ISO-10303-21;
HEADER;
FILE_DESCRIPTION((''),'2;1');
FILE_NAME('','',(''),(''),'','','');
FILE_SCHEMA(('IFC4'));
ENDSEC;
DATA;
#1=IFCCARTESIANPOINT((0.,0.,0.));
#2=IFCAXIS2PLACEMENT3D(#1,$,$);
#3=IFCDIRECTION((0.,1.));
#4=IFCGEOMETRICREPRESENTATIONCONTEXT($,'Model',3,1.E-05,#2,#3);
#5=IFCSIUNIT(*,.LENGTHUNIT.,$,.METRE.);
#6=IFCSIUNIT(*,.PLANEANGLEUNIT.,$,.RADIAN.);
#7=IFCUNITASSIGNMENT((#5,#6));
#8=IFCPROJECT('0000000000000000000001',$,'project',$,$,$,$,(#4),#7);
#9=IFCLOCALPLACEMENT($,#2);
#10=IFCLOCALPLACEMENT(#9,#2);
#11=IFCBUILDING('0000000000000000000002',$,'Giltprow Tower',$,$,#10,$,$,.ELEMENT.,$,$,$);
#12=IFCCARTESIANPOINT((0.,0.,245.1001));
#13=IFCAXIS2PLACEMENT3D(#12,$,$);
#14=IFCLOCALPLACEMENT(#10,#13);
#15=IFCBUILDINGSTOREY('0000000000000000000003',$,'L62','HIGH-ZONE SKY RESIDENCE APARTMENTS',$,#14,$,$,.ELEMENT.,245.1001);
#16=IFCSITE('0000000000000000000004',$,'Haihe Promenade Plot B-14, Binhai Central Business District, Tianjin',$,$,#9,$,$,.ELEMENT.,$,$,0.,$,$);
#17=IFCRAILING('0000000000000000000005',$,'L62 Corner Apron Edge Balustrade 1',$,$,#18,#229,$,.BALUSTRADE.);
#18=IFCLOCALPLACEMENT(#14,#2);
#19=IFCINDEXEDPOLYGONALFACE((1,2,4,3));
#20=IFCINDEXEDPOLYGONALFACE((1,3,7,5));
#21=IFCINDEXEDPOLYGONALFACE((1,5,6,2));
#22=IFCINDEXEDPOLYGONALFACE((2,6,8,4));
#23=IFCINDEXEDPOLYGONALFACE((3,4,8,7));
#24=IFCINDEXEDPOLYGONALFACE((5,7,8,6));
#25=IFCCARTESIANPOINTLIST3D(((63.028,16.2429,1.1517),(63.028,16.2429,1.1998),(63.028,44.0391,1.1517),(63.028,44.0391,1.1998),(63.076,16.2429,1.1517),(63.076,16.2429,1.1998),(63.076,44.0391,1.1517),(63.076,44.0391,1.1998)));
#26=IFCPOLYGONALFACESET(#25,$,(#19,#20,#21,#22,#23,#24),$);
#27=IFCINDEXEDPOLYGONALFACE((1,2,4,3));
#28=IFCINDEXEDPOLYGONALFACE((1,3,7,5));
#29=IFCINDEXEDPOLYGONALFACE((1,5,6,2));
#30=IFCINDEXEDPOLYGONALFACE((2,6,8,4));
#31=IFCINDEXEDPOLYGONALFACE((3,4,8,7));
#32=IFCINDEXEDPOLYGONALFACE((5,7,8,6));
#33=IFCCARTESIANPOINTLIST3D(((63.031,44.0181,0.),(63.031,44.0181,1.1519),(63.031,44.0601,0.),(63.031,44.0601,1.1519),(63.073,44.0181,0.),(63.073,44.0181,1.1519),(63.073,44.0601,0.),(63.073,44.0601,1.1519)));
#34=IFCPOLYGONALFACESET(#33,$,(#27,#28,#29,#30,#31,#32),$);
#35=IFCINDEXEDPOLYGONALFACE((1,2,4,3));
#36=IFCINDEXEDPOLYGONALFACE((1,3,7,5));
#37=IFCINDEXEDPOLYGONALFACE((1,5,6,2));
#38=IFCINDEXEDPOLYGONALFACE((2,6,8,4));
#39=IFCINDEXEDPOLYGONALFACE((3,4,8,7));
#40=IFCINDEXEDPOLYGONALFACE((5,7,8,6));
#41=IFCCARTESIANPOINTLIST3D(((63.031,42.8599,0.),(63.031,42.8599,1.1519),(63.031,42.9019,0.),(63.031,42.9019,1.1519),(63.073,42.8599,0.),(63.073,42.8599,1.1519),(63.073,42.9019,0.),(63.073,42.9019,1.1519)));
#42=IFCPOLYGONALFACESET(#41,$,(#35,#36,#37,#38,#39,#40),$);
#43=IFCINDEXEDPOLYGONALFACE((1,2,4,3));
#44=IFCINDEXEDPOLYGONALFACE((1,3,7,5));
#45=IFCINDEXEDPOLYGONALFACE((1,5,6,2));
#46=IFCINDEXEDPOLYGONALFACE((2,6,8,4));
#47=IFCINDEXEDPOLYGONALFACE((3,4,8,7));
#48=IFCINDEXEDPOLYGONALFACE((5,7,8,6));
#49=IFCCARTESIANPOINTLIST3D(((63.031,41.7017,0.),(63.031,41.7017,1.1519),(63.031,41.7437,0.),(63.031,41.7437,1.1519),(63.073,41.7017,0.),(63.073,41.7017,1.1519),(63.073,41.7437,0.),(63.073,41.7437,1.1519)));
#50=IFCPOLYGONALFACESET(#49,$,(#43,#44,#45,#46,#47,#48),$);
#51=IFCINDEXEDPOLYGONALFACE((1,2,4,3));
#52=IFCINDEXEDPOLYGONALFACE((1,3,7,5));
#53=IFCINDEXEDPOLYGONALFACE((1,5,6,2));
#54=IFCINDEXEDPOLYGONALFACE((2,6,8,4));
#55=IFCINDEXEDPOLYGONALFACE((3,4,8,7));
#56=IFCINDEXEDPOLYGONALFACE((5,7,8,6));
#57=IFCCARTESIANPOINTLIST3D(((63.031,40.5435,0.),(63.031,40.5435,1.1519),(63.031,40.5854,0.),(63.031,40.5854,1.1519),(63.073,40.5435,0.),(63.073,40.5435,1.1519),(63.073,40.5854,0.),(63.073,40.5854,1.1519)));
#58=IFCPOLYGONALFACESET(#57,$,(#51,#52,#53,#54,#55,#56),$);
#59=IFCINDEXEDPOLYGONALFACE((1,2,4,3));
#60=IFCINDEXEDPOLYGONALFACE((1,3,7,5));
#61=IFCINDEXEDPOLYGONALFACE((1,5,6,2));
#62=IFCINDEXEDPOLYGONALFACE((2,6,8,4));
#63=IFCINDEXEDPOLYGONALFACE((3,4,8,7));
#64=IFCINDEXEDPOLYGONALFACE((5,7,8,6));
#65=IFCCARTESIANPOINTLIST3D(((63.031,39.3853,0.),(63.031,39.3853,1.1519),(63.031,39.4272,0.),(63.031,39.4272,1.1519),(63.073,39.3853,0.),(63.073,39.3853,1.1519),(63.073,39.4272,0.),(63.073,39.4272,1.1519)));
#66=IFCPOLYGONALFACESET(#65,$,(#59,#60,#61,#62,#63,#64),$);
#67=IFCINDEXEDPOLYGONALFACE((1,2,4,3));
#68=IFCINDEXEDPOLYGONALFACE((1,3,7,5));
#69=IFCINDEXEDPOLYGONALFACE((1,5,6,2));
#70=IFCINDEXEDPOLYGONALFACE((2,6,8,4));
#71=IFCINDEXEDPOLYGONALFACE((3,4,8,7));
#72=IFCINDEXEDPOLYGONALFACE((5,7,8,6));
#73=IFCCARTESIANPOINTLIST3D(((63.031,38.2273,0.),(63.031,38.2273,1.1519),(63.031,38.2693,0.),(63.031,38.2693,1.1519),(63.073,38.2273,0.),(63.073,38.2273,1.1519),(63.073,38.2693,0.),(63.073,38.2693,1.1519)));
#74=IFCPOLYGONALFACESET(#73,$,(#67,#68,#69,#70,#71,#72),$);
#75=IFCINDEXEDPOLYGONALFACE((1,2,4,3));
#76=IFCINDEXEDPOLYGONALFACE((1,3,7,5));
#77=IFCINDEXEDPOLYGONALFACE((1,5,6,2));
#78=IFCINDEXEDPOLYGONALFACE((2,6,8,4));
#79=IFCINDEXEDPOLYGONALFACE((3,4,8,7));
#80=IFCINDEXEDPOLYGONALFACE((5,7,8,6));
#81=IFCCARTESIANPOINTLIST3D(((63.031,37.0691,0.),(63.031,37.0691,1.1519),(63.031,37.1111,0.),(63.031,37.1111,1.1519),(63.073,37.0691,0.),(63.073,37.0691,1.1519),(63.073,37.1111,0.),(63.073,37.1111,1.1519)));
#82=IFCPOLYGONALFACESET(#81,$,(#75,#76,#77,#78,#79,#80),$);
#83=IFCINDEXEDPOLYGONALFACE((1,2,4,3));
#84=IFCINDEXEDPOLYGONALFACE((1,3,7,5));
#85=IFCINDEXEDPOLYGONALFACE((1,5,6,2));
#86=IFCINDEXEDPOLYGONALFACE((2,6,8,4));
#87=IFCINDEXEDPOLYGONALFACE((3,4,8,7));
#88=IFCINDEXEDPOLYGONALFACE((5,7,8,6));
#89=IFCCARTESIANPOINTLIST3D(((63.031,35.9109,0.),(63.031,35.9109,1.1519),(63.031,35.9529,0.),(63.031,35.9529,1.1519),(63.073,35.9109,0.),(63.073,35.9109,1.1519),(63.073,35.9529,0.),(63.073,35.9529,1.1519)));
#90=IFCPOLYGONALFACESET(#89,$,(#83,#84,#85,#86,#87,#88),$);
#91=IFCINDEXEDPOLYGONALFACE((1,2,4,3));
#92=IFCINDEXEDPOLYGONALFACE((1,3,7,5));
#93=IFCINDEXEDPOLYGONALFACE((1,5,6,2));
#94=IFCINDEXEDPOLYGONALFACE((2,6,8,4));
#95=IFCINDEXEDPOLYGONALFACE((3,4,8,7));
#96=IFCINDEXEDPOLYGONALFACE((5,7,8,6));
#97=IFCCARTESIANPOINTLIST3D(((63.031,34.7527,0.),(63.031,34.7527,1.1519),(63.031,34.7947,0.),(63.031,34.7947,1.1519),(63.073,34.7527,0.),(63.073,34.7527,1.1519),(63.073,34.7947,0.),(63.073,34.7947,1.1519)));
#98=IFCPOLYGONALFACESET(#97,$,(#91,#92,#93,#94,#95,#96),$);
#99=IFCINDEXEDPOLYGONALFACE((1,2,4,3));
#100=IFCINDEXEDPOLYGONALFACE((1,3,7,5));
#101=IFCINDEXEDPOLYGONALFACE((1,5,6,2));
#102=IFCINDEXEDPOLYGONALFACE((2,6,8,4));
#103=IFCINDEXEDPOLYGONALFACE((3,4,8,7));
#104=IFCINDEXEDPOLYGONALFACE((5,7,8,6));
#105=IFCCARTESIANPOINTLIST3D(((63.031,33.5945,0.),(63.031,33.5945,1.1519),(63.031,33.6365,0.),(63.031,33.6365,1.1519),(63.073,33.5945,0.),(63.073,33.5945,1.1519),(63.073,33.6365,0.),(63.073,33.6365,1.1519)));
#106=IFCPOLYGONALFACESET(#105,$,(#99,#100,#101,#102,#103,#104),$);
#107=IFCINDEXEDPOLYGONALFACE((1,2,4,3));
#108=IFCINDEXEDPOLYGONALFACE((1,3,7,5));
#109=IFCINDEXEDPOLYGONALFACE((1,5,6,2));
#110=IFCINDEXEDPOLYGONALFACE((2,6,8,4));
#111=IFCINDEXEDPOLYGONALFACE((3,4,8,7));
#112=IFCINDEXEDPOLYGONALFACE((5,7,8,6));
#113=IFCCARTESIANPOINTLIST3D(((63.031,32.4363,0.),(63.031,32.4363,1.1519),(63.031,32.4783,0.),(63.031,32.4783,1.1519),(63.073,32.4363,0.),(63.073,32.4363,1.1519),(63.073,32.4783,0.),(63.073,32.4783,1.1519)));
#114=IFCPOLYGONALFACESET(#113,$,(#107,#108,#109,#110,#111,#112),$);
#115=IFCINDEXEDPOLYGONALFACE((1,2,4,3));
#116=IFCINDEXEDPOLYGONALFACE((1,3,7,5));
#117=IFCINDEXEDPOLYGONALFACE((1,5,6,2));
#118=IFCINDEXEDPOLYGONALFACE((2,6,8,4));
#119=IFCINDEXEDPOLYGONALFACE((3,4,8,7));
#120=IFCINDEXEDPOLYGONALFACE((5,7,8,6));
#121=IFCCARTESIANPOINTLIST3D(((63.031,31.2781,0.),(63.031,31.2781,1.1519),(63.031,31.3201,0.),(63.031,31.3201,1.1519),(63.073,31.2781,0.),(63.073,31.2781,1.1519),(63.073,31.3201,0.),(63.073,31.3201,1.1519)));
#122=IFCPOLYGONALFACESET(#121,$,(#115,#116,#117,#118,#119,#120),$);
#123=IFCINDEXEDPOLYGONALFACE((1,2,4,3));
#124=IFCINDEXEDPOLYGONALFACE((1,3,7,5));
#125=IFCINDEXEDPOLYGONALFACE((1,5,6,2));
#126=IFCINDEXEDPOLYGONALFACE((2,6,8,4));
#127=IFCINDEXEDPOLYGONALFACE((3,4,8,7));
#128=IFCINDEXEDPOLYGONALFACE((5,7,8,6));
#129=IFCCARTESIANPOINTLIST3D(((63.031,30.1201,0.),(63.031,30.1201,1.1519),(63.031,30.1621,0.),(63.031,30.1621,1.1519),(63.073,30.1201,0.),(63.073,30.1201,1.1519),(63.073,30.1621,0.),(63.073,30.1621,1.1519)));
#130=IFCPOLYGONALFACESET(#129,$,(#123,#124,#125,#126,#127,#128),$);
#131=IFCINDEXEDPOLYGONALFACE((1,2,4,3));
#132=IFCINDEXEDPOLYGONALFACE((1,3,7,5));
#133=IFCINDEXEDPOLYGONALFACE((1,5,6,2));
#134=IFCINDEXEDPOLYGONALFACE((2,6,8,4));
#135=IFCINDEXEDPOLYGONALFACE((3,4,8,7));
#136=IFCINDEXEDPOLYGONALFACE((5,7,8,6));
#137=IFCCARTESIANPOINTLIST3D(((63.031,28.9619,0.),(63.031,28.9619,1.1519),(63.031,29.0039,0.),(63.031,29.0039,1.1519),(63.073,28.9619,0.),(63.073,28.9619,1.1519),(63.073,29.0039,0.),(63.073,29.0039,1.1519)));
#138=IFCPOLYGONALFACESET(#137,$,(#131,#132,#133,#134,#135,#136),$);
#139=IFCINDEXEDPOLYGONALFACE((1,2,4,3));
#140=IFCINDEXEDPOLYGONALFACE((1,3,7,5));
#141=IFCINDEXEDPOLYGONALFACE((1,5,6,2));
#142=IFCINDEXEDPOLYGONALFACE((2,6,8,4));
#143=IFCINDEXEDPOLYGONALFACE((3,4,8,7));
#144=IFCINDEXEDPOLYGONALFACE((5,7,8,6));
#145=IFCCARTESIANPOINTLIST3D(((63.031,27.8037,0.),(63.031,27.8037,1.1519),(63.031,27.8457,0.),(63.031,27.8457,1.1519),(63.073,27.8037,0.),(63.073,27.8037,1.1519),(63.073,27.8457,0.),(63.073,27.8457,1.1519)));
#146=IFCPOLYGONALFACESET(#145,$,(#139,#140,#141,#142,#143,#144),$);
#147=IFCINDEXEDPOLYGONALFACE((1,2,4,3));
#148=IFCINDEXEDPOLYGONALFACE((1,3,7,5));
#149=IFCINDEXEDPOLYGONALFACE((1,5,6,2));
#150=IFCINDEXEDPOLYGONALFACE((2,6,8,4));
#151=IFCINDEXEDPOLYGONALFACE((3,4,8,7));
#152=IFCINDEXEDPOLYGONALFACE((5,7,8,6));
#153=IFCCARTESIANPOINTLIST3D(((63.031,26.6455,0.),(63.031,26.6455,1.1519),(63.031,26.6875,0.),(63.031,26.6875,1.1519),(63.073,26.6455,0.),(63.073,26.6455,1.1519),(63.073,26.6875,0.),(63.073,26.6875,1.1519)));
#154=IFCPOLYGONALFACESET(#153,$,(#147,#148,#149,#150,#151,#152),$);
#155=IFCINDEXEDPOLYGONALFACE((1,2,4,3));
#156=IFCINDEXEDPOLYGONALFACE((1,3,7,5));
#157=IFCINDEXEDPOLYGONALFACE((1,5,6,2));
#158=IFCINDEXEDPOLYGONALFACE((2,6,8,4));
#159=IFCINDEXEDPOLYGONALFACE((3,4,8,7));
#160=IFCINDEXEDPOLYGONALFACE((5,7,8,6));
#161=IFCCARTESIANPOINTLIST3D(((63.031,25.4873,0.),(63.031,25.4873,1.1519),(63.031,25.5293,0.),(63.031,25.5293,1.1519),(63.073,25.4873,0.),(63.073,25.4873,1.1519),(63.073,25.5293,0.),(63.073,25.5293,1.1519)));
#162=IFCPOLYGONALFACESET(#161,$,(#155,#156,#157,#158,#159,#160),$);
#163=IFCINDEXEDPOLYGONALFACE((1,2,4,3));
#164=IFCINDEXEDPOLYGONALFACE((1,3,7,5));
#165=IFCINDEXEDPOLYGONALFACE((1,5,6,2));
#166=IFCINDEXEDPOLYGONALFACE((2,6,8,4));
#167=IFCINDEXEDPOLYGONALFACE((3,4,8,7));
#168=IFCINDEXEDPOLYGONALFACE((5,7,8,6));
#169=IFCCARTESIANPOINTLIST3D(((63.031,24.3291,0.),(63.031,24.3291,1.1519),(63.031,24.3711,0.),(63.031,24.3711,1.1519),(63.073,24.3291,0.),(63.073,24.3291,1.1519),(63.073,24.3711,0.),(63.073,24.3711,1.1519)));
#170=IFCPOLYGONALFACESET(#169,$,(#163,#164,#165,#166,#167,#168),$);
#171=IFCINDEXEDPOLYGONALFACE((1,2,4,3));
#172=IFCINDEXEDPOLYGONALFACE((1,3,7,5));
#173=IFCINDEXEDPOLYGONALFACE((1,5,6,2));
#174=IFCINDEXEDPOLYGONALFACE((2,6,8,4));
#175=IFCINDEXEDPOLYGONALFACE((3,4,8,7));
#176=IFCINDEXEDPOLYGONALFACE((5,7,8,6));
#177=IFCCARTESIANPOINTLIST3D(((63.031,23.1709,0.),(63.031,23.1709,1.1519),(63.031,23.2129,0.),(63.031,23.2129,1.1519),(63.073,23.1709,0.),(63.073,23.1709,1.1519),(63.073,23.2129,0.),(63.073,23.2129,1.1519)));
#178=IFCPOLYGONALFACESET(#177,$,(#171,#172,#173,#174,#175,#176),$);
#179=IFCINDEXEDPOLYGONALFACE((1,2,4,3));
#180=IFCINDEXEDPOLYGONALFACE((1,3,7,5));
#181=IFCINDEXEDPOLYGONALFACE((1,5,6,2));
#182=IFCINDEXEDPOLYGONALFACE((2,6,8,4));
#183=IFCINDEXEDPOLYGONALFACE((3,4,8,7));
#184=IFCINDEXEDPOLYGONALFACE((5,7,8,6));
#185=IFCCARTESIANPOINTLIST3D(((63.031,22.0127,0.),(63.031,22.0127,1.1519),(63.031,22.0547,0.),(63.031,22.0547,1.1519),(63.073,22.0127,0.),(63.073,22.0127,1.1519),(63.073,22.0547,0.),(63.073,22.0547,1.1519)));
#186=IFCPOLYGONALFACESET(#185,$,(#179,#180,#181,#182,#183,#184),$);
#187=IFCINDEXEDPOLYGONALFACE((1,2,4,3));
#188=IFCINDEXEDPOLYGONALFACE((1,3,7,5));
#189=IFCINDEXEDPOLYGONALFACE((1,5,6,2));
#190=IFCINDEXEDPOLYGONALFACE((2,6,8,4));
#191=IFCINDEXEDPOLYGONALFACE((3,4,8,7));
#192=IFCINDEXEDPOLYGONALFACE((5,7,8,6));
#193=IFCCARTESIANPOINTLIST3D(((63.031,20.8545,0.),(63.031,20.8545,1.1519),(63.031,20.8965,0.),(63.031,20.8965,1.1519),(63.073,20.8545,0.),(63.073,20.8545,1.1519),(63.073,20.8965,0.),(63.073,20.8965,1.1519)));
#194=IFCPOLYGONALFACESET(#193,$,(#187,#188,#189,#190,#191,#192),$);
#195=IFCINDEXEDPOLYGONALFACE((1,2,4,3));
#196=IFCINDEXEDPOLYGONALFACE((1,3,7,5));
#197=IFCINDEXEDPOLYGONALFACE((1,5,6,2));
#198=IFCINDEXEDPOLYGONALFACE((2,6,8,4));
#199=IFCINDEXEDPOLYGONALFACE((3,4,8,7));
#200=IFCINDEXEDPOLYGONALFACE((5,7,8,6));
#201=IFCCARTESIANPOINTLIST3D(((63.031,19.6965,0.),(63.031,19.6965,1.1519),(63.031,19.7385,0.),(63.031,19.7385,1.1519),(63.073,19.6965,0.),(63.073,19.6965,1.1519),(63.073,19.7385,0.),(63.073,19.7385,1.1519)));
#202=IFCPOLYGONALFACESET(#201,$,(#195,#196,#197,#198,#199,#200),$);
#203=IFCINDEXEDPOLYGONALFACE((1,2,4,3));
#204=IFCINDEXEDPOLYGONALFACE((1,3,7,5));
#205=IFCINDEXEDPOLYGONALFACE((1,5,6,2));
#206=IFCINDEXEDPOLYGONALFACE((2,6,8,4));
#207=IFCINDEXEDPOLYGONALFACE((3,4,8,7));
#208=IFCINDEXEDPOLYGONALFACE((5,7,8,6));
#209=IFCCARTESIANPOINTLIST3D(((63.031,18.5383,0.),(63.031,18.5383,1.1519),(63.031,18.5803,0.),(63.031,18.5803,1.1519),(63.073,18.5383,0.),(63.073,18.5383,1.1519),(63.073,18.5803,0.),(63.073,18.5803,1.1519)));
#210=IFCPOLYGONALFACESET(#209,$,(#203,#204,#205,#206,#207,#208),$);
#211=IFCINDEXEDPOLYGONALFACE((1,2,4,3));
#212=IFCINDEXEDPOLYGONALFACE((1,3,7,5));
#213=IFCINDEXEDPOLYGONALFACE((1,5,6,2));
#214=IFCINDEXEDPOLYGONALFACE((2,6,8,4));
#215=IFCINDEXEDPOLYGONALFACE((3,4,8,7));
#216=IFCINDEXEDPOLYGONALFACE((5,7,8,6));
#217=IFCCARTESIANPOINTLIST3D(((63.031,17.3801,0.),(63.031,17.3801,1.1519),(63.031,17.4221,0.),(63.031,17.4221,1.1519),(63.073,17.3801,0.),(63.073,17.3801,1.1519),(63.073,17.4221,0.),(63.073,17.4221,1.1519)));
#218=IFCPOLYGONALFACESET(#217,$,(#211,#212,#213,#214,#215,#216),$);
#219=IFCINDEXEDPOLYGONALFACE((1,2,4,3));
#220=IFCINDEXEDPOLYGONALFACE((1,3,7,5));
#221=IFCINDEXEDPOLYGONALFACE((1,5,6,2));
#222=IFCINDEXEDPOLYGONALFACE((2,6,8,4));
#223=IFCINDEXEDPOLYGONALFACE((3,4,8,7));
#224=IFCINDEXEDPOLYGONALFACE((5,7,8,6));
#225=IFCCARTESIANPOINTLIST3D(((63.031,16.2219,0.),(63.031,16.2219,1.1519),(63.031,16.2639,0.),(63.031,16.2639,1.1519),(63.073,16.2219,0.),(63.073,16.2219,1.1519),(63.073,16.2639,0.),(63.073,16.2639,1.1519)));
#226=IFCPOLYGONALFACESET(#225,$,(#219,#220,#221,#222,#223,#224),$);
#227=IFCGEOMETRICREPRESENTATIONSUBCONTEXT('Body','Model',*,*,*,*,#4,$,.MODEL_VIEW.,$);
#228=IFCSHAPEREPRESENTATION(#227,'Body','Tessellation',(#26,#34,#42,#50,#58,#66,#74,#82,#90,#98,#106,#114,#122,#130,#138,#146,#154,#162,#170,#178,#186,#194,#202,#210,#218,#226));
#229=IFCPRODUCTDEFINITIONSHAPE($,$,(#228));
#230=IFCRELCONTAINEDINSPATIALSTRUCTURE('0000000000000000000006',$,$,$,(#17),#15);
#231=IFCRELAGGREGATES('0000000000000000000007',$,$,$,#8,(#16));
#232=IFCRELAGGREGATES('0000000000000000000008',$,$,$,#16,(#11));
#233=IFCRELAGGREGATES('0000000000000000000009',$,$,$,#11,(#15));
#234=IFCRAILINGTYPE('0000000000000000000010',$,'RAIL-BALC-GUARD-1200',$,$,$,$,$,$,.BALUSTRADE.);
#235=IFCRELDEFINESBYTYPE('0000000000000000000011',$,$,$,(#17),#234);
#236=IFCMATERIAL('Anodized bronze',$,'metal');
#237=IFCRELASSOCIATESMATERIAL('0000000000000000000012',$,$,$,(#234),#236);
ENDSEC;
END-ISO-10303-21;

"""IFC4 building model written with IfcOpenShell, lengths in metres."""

from ifc_helpers import new_model, si_unit, direction, frame, origin, origin_2d, place, context, subcontext, project, spatial, rectangle, extrude, material, type_object, element, save


model = new_model("IFC4")

# Units and contexts
model_context = context("Model", 3, precision=1e-05, world=origin(), true_north=direction((0.0, 1.0)))
body_context = subcontext(model_context, "Body", "Model", "MODEL_VIEW")
ifc_project = project(units=[si_unit("LENGTHUNIT", "METRE"), si_unit("PLANEANGLEUNIT", "RADIAN")], contexts=[model_context])

# Site, building, storey
site_placement = place(None, origin())
site = spatial("IfcSite", under=ifc_project, at=site_placement, Name="Haihe Promenade Plot B-14, Binhai Central Business District, Tianjin", CompositionType="ELEMENT", RefElevation=0.0)
building_placement = place(site_placement, origin())
building = spatial("IfcBuilding", under=site, at=building_placement, Name="Giltprow Tower", CompositionType="ELEMENT")
storey_placement = place(building_placement, frame((0.0, 0.0, 245.1001)))
storey = spatial("IfcBuildingStorey", under=building, at=storey_placement, Name="L62", Description="HIGH-ZONE SKY RESIDENCE APARTMENTS", CompositionType="ELEMENT", Elevation=245.1001)

# Railing
ifc_material_1 = material(Name="Anodized bronze", Category="metal")
railing_type_1 = type_object("IfcRailingType", Name="RAIL-BALC-GUARD-1200", PredefinedType="BALUSTRADE", material=ifc_material_1)
railing_1_placement = place(storey_placement, frame((63.052, 44.0391, 0.0)))
element("IfcRailing", 1, at=railing_1_placement, inside=storey, type_object=railing_type_1, Name="L62 Corner Apron Edge Balustrade 1", PredefinedType="BALUSTRADE", context=body_context, shape_type="SweptSolid", body=[
    extrude(rectangle(XDim=0.0481, YDim=0.0481, at=origin_2d()), frame((0.0, 0.0, 1.1758), z_axis=(0.0, -1.0, 0.0), x_axis=(1.0, 0.0, 0.0)), (0.0, 0.0, 1.0), 27.7961),
    extrude(rectangle(XDim=0.042, YDim=0.042, at=origin_2d()), origin(), (0.0, 0.0, 1.0), 1.1519),
    extrude(rectangle(XDim=0.042, YDim=0.042, at=origin_2d()), frame((0.0, -1.1582, 0.0)), (0.0, 0.0, 1.0), 1.1519),
    extrude(rectangle(XDim=0.042, YDim=0.042, at=origin_2d()), frame((0.0, -2.3164, 0.0)), (0.0, 0.0, 1.0), 1.1519),
    extrude(rectangle(XDim=0.042, YDim=0.042, at=origin_2d()), frame((0.0, -3.4746, 0.0)), (0.0, 0.0, 1.0), 1.1519),
    extrude(rectangle(XDim=0.042, YDim=0.042, at=origin_2d()), frame((0.0, -4.6328, 0.0)), (0.0, 0.0, 1.0), 1.1519),
    extrude(rectangle(XDim=0.042, YDim=0.042, at=origin_2d()), frame((0.0, -5.7908, 0.0)), (0.0, 0.0, 1.0), 1.1519),
    extrude(rectangle(XDim=0.042, YDim=0.042, at=origin_2d()), frame((0.0, -6.949, 0.0)), (0.0, 0.0, 1.0), 1.1519),
    extrude(rectangle(XDim=0.042, YDim=0.042, at=origin_2d()), frame((0.0, -8.1072, 0.0)), (0.0, 0.0, 1.0), 1.1519),
    extrude(rectangle(XDim=0.042, YDim=0.042, at=origin_2d()), frame((0.0, -9.2654, 0.0)), (0.0, 0.0, 1.0), 1.1519),
    extrude(rectangle(XDim=0.042, YDim=0.042, at=origin_2d()), frame((0.0, -10.4236, 0.0)), (0.0, 0.0, 1.0), 1.1519),
    extrude(rectangle(XDim=0.042, YDim=0.042, at=origin_2d()), frame((0.0, -11.5818, 0.0)), (0.0, 0.0, 1.0), 1.1519),
    extrude(rectangle(XDim=0.042, YDim=0.042, at=origin_2d()), frame((0.0, -12.74, 0.0)), (0.0, 0.0, 1.0), 1.1519),
    extrude(rectangle(XDim=0.042, YDim=0.042, at=origin_2d()), frame((0.0, -13.8979, 0.0)), (0.0, 0.0, 1.0), 1.1519),
    extrude(rectangle(XDim=0.042, YDim=0.042, at=origin_2d()), frame((0.0, -15.0562, 0.0)), (0.0, 0.0, 1.0), 1.1519),
    extrude(rectangle(XDim=0.042, YDim=0.042, at=origin_2d()), frame((0.0, -16.2144, 0.0)), (0.0, 0.0, 1.0), 1.1519),
    extrude(rectangle(XDim=0.042, YDim=0.042, at=origin_2d()), frame((0.0, -17.3726, 0.0)), (0.0, 0.0, 1.0), 1.1519),
    extrude(rectangle(XDim=0.042, YDim=0.042, at=origin_2d()), frame((0.0, -18.5308, 0.0)), (0.0, 0.0, 1.0), 1.1519),
    extrude(rectangle(XDim=0.042, YDim=0.042, at=origin_2d()), frame((0.0, -19.689, 0.0)), (0.0, 0.0, 1.0), 1.1519),
    extrude(rectangle(XDim=0.042, YDim=0.042, at=origin_2d()), frame((0.0, -20.8472, 0.0)), (0.0, 0.0, 1.0), 1.1519),
    extrude(rectangle(XDim=0.042, YDim=0.042, at=origin_2d()), frame((0.0, -22.0054, 0.0)), (0.0, 0.0, 1.0), 1.1519),
    extrude(rectangle(XDim=0.042, YDim=0.042, at=origin_2d()), frame((0.0, -23.1636, 0.0)), (0.0, 0.0, 1.0), 1.1519),
    extrude(rectangle(XDim=0.042, YDim=0.042, at=origin_2d()), frame((0.0, -24.3215, 0.0)), (0.0, 0.0, 1.0), 1.1519),
    extrude(rectangle(XDim=0.042, YDim=0.042, at=origin_2d()), frame((0.0, -25.4797, 0.0)), (0.0, 0.0, 1.0), 1.1519),
    extrude(rectangle(XDim=0.042, YDim=0.042, at=origin_2d()), frame((0.0, -26.6379, 0.0)), (0.0, 0.0, 1.0), 1.1519),
    extrude(rectangle(XDim=0.042, YDim=0.042, at=origin_2d()), frame((0.0, -27.7961, 0.0)), (0.0, 0.0, 1.0), 1.1519),
])

save(model, "model.ifc")
